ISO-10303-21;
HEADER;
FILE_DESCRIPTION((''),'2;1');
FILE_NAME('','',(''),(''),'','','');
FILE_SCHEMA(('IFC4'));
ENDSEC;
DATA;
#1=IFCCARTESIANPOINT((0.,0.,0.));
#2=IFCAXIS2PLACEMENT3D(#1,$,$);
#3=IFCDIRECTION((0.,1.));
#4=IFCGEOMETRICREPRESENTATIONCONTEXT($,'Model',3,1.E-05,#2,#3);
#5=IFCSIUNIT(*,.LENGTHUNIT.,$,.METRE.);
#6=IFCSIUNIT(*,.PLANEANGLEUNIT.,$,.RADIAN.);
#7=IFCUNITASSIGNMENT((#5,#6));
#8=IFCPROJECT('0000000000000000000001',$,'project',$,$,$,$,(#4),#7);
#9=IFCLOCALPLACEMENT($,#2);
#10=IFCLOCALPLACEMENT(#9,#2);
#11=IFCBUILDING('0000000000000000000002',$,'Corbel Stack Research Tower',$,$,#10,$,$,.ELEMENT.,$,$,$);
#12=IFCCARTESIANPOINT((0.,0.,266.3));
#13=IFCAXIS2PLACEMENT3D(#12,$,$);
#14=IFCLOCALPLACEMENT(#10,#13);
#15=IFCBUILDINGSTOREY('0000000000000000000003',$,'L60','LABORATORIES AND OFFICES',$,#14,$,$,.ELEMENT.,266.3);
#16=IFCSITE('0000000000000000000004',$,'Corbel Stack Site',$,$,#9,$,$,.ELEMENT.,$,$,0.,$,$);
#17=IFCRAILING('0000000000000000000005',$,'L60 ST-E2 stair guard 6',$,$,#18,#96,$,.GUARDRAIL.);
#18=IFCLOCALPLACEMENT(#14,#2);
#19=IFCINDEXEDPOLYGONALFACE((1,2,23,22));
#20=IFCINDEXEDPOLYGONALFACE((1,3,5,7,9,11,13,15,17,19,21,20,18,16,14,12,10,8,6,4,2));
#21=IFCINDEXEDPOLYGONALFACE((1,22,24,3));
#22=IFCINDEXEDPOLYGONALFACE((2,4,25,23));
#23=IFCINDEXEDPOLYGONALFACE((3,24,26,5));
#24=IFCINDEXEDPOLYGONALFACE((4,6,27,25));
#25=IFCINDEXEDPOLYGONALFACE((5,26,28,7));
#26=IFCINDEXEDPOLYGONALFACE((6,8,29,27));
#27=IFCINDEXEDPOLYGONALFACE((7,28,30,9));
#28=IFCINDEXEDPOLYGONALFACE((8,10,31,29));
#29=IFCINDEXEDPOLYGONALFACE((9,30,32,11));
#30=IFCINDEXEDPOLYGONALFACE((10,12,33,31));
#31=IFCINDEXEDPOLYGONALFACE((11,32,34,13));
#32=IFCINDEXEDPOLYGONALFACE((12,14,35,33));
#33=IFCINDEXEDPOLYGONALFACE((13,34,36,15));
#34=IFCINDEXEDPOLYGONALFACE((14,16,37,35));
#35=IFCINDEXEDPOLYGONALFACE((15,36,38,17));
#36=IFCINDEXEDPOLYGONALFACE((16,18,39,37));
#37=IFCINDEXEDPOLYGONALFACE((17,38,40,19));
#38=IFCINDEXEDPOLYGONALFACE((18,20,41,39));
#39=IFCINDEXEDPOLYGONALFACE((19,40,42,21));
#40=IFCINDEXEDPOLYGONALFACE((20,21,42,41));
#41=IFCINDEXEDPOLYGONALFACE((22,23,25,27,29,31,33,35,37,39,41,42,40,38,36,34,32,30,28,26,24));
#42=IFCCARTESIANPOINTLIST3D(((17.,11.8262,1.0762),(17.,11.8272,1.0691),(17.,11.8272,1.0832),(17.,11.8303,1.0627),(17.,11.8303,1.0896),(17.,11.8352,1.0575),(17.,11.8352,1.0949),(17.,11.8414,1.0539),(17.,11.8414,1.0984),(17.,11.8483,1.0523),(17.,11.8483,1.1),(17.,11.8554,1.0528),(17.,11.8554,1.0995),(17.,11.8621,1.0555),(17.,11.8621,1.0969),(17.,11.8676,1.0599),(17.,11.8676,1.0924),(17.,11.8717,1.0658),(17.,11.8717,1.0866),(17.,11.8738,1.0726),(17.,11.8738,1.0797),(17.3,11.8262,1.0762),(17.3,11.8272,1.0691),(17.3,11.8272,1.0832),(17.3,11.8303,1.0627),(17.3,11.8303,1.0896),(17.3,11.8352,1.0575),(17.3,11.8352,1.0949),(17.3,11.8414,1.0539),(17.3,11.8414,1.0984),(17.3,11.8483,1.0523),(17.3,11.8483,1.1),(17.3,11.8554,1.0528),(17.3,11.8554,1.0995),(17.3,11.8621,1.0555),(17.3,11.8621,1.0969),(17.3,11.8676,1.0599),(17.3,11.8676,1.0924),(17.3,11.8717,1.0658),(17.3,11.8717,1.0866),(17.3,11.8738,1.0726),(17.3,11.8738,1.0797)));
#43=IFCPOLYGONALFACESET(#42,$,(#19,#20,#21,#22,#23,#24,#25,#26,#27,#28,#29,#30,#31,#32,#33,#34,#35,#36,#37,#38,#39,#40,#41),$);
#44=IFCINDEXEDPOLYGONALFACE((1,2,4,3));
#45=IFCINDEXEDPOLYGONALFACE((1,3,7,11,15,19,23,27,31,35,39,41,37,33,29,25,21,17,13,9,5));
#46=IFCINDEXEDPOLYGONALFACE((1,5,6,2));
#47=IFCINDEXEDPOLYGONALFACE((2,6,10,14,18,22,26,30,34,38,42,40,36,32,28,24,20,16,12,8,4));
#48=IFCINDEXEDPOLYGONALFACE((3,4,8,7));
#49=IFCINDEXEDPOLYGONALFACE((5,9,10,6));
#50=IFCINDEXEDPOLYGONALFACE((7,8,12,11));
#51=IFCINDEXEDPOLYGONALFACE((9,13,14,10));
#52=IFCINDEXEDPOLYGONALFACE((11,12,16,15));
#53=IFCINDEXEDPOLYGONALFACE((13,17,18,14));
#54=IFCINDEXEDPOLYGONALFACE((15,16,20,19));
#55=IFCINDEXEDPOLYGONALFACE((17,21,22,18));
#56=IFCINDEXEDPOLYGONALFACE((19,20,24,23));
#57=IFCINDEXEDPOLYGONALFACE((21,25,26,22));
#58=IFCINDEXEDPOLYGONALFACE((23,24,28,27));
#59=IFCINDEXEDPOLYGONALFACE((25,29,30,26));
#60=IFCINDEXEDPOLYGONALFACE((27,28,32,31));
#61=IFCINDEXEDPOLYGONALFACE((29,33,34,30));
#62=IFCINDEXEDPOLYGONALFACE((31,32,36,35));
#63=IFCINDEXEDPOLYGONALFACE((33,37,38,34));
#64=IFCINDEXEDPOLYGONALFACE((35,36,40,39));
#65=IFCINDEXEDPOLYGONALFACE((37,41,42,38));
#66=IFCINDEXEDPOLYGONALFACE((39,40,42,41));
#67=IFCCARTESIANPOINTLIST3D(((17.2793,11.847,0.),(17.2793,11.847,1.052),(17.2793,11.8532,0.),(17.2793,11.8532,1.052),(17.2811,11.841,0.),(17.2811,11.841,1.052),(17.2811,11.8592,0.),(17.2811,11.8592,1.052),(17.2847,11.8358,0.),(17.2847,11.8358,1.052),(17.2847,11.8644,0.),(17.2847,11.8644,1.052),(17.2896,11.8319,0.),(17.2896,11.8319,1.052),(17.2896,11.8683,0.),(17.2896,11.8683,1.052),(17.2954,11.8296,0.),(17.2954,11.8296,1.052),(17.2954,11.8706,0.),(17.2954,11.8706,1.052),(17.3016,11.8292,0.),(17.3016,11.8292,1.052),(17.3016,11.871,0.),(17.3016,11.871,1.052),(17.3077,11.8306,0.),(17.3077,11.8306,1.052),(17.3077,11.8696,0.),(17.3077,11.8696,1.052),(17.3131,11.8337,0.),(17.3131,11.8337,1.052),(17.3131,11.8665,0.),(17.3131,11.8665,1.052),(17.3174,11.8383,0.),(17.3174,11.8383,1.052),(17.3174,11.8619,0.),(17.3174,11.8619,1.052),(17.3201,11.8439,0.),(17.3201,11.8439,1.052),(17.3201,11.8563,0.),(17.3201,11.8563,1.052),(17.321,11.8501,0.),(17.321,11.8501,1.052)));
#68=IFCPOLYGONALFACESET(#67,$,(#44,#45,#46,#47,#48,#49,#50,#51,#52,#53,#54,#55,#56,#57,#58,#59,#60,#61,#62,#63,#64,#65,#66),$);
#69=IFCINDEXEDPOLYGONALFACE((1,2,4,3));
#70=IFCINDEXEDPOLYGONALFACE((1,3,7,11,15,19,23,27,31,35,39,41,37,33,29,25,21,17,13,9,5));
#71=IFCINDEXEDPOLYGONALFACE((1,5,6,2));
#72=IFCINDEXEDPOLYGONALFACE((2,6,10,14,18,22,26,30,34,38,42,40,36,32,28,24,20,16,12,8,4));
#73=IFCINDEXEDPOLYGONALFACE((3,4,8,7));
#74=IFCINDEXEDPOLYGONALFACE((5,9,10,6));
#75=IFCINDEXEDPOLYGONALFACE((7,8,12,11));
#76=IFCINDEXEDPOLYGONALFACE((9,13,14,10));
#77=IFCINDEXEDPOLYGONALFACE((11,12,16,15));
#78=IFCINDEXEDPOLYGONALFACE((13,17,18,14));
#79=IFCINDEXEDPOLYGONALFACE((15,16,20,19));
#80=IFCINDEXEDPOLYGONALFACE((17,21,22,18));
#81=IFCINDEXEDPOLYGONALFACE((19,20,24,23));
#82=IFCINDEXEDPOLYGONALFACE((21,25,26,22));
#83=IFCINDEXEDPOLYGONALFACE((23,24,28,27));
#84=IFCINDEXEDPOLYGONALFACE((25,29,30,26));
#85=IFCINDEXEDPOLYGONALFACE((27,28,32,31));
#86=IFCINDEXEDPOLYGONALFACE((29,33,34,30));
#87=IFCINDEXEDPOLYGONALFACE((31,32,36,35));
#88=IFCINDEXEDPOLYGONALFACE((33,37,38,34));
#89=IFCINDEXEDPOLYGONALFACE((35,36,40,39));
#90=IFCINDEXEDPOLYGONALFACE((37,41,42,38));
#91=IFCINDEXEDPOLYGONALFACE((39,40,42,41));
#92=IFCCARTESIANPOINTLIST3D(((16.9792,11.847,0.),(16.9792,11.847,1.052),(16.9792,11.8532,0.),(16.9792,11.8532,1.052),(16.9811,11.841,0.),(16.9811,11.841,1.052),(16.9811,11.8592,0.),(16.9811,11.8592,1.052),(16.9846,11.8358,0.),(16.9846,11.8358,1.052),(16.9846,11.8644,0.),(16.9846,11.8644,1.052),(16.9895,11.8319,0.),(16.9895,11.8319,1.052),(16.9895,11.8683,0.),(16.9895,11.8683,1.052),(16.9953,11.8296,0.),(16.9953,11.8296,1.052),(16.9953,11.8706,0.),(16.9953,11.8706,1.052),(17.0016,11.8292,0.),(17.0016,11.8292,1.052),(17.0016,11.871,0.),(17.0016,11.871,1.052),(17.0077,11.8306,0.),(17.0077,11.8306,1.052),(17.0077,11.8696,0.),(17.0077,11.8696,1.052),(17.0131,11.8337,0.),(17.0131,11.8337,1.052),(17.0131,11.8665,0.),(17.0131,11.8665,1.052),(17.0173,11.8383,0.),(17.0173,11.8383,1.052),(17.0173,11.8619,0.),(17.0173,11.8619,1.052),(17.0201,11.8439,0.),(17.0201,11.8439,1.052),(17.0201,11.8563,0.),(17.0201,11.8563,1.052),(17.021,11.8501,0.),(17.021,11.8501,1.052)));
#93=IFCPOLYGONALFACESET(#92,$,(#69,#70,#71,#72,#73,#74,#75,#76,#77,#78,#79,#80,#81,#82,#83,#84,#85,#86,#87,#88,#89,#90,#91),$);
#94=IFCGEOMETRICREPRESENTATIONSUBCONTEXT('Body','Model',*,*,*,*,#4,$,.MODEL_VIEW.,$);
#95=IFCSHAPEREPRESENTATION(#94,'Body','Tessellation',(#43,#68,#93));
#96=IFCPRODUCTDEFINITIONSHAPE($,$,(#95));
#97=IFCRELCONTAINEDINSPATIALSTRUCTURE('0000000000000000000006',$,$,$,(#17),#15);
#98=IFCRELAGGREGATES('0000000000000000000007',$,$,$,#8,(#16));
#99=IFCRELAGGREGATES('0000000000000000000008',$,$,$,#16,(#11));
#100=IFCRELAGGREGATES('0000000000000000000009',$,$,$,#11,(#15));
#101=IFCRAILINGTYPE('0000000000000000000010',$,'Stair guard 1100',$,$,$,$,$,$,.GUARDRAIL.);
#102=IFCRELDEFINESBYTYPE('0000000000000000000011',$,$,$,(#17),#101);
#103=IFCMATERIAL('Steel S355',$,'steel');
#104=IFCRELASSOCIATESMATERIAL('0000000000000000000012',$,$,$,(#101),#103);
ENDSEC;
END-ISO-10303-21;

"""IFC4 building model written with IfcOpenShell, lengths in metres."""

from ifc_helpers import new_model, si_unit, direction, frame, origin, origin_2d, place, context, subcontext, project, spatial, circle, extrude, material, type_object, element, save


model = new_model("IFC4")

# Units and contexts
model_context = context("Model", 3, precision=1e-05, world=origin(), true_north=direction((0.0, 1.0)))
body_context = subcontext(model_context, "Body", "Model", "MODEL_VIEW")
ifc_project = project(units=[si_unit("LENGTHUNIT", "METRE"), si_unit("PLANEANGLEUNIT", "RADIAN")], contexts=[model_context])

# Site, building, storey
site_placement = place(None, origin())
site = spatial("IfcSite", under=ifc_project, at=site_placement, Name="Corbel Stack Site", CompositionType="ELEMENT", RefElevation=0.0)
building_placement = place(site_placement, origin())
building = spatial("IfcBuilding", under=site, at=building_placement, Name="Corbel Stack Research Tower", CompositionType="ELEMENT")
storey_placement = place(building_placement, frame((0.0, 0.0, 266.3)))
storey = spatial("IfcBuildingStorey", under=building, at=storey_placement, Name="L60", Description="LABORATORIES AND OFFICES", CompositionType="ELEMENT", Elevation=266.3)

# Railing
ifc_material_1 = material(Name="Steel S355", Category="steel")
railing_type_1 = type_object("IfcRailingType", Name="Stair guard 1100", PredefinedType="GUARDRAIL", material=ifc_material_1)
for number, where, name in (
    (1, (17.3, 11.8501, 0.0), "L60 ST-E2 stair guard 6"),
):
    element("IfcRailing", number, at=place(storey_placement, frame(where)), inside=storey, type_object=railing_type_1, Name=name, PredefinedType="GUARDRAIL", context=body_context, shape_type="SweptSolid", body=[
        extrude(circle(Radius=0.0239, at=origin_2d()), frame((0.0, 0.0, 1.0762), z_axis=(-1.0, 0.0, 0.0), x_axis=(0.0, -1.0, 0.0)), (0.0, 0.0, 1.0), 0.3),
        extrude(circle(Radius=0.021, at=origin_2d()), origin(), (0.0, 0.0, 1.0), 1.052),
        extrude(circle(Radius=0.021, at=origin_2d()), frame((-0.3, 0.0, 0.0)), (0.0, 0.0, 1.0), 1.052),
    ])

save(model, "model.ifc")
